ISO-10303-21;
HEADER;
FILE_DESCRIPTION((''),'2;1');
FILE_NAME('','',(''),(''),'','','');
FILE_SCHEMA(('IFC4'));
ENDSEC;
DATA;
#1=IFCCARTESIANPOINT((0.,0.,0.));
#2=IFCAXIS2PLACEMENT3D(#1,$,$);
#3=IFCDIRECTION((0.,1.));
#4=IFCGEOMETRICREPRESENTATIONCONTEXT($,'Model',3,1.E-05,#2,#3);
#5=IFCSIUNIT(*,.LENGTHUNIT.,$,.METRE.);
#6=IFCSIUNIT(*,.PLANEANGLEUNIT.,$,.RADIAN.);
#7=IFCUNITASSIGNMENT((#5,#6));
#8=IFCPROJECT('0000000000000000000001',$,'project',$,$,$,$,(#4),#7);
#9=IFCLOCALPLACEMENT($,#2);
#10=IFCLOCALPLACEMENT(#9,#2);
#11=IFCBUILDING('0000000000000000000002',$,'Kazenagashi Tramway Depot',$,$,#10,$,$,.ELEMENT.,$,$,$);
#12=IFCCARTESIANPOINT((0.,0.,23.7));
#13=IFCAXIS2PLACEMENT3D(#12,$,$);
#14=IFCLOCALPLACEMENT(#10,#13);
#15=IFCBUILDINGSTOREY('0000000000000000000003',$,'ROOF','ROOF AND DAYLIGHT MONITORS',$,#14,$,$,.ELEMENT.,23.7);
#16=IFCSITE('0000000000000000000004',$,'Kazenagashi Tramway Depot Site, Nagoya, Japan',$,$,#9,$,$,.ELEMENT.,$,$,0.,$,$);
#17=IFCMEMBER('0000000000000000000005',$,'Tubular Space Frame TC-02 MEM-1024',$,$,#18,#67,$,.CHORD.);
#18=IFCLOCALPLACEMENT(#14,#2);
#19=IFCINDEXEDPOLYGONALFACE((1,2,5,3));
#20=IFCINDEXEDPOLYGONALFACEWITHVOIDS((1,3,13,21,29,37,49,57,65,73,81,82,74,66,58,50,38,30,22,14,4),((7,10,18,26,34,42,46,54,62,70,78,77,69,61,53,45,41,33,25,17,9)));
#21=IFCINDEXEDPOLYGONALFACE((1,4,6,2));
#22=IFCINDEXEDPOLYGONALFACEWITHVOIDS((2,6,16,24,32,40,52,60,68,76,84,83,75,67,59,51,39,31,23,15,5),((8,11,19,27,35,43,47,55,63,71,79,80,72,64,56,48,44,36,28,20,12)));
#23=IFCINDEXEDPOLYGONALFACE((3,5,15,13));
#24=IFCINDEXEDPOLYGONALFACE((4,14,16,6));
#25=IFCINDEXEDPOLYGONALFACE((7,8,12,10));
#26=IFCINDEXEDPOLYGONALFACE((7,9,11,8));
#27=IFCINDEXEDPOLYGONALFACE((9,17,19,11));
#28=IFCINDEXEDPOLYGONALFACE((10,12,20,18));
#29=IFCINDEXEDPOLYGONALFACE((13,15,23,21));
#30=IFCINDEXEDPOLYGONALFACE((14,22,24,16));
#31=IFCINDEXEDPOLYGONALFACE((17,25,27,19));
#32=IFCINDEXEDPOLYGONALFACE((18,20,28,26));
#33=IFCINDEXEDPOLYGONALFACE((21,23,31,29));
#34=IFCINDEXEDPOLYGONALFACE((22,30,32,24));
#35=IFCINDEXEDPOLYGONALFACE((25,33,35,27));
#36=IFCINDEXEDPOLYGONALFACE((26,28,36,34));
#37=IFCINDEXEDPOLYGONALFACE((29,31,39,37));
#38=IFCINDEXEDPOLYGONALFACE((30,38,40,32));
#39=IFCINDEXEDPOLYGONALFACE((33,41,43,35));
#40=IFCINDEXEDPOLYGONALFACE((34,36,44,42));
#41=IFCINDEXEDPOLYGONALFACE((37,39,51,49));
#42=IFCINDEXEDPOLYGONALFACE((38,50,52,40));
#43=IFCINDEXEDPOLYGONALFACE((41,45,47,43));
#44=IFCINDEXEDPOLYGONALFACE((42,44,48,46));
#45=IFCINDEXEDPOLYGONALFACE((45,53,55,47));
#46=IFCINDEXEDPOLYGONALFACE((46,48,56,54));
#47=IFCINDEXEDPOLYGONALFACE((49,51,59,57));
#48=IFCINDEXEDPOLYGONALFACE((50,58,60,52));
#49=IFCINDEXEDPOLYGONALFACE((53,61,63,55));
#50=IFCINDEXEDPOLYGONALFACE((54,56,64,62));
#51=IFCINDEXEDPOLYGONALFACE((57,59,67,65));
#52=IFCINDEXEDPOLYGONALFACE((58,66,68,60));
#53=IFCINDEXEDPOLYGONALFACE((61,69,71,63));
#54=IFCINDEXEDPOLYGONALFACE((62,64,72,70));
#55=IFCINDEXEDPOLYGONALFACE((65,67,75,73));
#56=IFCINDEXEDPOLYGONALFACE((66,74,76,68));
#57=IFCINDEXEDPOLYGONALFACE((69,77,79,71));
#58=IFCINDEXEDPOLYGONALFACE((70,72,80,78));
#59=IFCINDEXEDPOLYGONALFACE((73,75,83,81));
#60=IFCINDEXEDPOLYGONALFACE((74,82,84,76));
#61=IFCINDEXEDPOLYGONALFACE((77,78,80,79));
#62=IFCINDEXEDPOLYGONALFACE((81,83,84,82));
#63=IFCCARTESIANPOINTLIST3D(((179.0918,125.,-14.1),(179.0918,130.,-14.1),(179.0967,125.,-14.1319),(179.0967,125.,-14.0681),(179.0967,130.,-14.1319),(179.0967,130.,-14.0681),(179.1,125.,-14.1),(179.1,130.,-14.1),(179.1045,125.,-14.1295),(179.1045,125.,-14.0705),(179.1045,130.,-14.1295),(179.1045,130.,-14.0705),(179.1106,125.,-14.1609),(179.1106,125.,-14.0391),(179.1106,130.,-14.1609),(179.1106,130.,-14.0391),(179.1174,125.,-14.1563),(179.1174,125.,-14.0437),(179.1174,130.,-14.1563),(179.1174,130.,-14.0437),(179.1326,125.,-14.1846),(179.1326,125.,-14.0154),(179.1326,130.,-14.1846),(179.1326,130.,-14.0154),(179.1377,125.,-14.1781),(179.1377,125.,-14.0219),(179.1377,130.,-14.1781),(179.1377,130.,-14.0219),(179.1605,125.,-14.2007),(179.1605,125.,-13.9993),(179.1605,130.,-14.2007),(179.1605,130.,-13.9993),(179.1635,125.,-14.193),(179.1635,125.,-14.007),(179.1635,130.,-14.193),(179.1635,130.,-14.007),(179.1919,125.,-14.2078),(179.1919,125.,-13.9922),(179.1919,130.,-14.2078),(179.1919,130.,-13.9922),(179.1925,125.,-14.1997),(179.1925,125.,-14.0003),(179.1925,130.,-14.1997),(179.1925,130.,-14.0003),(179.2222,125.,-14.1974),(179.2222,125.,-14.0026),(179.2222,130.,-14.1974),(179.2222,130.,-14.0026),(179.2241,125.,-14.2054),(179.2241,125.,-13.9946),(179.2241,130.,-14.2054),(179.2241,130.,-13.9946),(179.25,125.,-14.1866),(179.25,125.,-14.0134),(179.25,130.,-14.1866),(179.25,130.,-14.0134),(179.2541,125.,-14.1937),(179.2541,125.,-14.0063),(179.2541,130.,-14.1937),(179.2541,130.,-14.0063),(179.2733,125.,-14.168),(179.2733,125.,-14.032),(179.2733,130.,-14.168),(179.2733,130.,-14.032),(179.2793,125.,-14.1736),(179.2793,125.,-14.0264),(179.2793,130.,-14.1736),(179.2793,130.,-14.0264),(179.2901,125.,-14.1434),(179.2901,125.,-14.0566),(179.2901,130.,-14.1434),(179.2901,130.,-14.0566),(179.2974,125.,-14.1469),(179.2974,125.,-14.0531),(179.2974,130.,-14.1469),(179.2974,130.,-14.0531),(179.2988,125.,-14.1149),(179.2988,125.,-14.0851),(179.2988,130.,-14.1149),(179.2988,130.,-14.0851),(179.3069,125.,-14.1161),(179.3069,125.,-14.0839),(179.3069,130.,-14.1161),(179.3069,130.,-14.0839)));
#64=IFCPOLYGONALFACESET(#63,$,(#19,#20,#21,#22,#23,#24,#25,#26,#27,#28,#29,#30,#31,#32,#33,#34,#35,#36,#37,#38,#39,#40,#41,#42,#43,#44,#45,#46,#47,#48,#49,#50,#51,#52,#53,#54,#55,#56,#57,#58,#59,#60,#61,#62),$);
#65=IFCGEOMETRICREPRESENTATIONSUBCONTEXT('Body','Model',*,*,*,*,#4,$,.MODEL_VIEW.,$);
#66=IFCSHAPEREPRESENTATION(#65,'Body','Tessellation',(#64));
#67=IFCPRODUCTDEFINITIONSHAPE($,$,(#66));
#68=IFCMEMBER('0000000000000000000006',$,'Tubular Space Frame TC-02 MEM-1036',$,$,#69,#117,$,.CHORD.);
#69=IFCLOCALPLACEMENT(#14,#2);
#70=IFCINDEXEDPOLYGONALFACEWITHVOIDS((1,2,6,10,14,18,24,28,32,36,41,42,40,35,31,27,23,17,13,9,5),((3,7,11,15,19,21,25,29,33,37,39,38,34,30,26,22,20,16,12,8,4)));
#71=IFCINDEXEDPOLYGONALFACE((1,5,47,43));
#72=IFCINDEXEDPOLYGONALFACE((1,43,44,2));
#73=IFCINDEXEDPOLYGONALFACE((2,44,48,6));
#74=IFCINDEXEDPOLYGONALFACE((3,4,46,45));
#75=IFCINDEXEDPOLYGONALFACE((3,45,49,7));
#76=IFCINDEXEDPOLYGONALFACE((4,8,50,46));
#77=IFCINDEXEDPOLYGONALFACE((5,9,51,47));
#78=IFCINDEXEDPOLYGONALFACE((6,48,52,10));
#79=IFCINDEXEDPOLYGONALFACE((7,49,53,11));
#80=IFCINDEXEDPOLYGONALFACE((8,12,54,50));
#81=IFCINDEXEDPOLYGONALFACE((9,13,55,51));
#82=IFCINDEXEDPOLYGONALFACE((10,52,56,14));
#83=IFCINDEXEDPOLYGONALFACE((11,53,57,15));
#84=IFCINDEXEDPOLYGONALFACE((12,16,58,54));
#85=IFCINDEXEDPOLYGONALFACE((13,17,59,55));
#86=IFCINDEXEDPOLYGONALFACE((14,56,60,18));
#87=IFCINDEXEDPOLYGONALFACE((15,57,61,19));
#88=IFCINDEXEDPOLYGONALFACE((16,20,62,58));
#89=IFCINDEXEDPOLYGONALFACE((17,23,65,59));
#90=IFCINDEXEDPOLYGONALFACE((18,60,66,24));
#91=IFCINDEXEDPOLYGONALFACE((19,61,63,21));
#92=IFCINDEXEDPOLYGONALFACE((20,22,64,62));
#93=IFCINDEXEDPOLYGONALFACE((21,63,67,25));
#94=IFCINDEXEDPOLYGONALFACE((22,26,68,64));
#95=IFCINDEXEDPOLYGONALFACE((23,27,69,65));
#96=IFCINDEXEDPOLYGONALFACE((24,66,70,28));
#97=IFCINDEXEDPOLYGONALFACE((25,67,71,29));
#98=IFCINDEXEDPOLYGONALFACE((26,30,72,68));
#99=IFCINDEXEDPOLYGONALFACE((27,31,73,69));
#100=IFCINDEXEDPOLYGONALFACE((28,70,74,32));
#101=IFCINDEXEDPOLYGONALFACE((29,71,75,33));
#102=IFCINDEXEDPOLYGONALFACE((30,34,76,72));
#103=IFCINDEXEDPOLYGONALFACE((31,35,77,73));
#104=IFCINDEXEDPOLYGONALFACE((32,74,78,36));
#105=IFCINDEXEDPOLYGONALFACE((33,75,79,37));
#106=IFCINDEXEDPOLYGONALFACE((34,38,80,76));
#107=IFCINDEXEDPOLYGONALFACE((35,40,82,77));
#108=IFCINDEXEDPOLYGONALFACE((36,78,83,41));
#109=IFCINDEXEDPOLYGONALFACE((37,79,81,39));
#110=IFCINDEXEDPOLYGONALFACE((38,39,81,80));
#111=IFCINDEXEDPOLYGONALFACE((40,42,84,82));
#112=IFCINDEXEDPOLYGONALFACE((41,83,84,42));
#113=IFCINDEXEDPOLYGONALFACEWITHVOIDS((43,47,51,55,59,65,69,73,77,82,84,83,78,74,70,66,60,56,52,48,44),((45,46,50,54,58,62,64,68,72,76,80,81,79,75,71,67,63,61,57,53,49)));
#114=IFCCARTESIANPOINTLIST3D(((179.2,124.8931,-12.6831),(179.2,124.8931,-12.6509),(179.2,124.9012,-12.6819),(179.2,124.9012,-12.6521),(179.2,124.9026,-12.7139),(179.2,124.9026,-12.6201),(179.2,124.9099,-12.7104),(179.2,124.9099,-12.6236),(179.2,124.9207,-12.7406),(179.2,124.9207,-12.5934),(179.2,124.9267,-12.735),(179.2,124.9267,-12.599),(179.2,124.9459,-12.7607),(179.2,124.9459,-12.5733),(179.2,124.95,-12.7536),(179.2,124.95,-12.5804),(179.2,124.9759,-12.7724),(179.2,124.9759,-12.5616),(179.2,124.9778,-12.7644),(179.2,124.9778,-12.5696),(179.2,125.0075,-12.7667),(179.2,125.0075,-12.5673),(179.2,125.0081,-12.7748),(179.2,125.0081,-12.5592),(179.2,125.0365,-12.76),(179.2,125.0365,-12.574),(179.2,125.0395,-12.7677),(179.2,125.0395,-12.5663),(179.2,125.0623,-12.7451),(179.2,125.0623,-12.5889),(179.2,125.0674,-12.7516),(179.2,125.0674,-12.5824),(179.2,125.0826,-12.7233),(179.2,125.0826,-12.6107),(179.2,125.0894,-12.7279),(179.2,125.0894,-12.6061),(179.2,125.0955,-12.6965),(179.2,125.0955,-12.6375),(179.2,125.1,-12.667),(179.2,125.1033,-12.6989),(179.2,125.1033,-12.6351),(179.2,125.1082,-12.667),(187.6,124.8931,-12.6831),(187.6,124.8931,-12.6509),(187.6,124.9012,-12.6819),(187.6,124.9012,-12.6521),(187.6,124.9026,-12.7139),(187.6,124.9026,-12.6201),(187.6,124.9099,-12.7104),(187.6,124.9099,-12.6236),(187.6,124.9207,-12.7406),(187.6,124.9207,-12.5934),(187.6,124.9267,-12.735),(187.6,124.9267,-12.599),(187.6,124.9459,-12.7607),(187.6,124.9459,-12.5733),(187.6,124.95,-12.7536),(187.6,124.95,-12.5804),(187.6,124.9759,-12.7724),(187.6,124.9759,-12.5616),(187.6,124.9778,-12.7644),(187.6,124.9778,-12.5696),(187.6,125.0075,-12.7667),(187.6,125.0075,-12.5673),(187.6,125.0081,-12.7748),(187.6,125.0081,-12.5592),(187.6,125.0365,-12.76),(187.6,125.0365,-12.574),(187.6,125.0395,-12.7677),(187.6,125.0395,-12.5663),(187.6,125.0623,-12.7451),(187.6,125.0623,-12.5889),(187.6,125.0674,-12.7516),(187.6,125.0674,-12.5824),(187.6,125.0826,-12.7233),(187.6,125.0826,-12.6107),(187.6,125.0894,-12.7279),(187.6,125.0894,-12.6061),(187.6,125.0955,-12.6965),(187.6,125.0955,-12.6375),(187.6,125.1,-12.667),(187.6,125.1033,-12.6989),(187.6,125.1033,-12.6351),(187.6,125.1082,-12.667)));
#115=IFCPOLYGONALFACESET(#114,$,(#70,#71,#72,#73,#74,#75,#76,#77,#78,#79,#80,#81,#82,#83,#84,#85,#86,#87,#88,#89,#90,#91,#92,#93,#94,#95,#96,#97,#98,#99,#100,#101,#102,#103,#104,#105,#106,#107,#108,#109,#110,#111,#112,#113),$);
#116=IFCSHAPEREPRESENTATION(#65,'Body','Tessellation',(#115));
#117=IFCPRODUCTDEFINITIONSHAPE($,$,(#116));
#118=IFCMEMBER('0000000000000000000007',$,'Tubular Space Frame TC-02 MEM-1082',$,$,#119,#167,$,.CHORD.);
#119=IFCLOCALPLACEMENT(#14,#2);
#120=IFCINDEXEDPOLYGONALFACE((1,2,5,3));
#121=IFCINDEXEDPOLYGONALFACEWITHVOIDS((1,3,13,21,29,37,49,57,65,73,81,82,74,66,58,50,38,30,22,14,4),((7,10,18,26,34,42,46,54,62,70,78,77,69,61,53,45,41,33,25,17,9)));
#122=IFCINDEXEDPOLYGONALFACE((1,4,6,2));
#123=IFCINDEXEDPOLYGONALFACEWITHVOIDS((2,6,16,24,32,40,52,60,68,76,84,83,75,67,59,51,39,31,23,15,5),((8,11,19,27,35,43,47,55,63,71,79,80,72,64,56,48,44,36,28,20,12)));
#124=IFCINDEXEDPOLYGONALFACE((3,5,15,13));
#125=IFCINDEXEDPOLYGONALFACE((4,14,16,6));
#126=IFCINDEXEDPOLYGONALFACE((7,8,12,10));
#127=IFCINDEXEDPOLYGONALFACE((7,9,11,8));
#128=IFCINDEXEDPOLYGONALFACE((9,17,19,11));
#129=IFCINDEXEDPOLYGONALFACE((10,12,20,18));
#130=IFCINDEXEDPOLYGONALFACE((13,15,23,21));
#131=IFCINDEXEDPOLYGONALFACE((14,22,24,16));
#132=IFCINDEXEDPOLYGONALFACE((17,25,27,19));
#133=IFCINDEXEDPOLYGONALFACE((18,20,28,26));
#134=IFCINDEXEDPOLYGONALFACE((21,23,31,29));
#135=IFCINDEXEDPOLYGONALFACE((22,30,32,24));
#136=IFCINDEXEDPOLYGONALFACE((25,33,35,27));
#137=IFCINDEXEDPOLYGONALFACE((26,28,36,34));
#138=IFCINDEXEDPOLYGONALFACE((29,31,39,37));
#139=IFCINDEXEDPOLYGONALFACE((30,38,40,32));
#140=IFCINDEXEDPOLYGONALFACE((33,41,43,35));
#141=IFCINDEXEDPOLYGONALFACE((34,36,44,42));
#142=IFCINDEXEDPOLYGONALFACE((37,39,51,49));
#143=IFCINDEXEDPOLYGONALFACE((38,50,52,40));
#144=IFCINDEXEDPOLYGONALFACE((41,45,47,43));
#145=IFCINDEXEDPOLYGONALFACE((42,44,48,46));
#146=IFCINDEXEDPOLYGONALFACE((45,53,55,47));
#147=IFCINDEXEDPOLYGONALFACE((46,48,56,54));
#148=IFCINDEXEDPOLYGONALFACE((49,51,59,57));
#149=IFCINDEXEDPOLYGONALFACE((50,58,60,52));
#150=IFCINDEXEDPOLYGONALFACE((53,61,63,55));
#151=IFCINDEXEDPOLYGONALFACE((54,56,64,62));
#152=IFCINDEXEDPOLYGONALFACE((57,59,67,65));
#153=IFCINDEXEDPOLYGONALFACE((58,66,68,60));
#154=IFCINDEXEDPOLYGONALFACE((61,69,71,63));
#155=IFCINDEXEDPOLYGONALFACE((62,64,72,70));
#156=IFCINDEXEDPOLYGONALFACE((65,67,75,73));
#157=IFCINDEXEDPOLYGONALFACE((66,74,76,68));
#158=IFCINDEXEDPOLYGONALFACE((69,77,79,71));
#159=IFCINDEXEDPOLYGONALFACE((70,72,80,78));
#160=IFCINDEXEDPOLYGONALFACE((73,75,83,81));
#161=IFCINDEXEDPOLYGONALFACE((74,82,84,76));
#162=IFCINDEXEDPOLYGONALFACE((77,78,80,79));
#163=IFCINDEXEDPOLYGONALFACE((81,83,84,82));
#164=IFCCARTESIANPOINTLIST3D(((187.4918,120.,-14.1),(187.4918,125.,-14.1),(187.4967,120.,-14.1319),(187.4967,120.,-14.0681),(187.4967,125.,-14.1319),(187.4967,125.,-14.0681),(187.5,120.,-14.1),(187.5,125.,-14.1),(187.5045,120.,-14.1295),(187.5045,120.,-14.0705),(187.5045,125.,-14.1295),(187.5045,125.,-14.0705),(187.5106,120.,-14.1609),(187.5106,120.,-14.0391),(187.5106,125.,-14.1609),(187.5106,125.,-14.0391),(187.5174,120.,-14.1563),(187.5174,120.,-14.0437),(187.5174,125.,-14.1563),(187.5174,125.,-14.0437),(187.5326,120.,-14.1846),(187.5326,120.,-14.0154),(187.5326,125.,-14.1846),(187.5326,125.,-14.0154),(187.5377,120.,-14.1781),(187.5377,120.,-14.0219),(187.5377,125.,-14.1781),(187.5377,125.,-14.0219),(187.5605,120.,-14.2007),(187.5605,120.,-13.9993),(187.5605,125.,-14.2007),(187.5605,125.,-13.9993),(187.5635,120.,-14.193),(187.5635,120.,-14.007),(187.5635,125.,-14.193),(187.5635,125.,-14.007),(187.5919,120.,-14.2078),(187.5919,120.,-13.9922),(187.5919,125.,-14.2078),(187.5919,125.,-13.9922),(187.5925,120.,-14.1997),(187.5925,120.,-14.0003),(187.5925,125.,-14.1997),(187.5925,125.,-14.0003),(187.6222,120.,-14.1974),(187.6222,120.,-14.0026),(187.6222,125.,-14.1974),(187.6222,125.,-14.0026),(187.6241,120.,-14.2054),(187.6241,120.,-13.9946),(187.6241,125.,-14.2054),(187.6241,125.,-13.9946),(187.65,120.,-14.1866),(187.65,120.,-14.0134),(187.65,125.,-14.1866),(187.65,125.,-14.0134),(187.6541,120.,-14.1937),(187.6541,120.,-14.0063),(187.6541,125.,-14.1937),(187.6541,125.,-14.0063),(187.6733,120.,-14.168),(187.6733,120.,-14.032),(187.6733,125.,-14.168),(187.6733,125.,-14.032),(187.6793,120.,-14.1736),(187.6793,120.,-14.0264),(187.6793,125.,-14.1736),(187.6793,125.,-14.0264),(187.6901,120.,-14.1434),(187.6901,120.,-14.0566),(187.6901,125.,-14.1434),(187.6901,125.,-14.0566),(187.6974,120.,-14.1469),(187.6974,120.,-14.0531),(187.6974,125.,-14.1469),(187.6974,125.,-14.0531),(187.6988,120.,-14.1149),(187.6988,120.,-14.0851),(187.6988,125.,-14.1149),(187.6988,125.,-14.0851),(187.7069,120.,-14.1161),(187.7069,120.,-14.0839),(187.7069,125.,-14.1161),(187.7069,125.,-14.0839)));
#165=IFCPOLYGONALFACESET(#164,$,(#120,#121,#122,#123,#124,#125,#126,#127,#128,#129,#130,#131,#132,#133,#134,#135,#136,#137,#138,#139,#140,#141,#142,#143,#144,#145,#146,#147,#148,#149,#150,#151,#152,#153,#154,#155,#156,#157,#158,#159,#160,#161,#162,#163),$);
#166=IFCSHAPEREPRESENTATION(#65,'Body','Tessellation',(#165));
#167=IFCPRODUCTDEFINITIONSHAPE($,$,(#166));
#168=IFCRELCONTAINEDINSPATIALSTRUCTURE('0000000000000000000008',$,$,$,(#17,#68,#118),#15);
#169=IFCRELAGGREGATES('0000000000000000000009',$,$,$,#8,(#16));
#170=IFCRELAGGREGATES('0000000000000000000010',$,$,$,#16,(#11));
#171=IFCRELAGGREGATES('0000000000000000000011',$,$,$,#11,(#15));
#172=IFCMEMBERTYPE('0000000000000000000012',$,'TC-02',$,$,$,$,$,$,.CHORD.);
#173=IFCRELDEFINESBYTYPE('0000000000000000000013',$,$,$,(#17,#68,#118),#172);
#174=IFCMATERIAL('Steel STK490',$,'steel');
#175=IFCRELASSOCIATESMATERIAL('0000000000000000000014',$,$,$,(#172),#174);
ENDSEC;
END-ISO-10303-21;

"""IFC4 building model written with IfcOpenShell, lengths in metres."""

from ifc_helpers import new_model, si_unit, direction, frame, origin, origin_2d, place, context, subcontext, project, spatial, hollow_circle, extrude, material, material_profile, profile_set, type_object, element, save


model = new_model("IFC4")

# Units and contexts
model_context = context("Model", 3, precision=1e-05, world=origin(), true_north=direction((0.0, 1.0)))
body_context = subcontext(model_context, "Body", "Model", "MODEL_VIEW")
ifc_project = project(units=[si_unit("LENGTHUNIT", "METRE"), si_unit("PLANEANGLEUNIT", "RADIAN")], contexts=[model_context])

# Site, building, storey
site_placement = place(None, origin())
site = spatial("IfcSite", under=ifc_project, at=site_placement, Name="Kazenagashi Tramway Depot Site, Nagoya, Japan", CompositionType="ELEMENT", RefElevation=0.0)
building_placement = place(site_placement, origin())
building = spatial("IfcBuilding", under=site, at=building_placement, Name="Kazenagashi Tramway Depot", CompositionType="ELEMENT")
storey_placement = place(building_placement, frame((0.0, 0.0, 23.7)))
storey = spatial("IfcBuildingStorey", under=building, at=storey_placement, Name="ROOF", Description="ROOF AND DAYLIGHT MONITORS", CompositionType="ELEMENT", Elevation=23.7)

# Members
ifc_material_1 = material(Name="Steel STK490", Category="steel")
ifc_material_profile_1 = material_profile(ifc_material_1, hollow_circle(Radius=0.1081, WallThickness=0.0082, at=origin_2d()), Name="CHS-216.3x8.2")
ifc_profile_set_1 = profile_set([ifc_material_profile_1], Name="Steel STK490")
member_type_1 = type_object("IfcMemberType", Name="TC-02", PredefinedType="CHORD", material=ifc_profile_set_1)
member_1_placement = place(storey_placement, frame((179.2, 125.0, -14.1), z_axis=(0.0, 1.0, 0.0), x_axis=(-1.0, 0.0, 0.0)))
element("IfcMember", 1, at=member_1_placement, inside=storey, type_object=member_type_1, Name="Tubular Space Frame TC-02 MEM-1024", PredefinedType="CHORD", context=body_context, shape_type="SweptSolid", body=[
    extrude(hollow_circle(Radius=0.1081, WallThickness=0.0082, at=origin_2d()), origin(), (0.0, 0.0, 1.0), 5.0),
])
member_2_placement = place(storey_placement, frame((179.2, 125.0, -12.667), z_axis=(1.0, 0.0, 0.0), x_axis=(0.0, 1.0, 0.0)))
element("IfcMember", 2, at=member_2_placement, inside=storey, type_object=member_type_1, Name="Tubular Space Frame TC-02 MEM-1036", PredefinedType="CHORD", context=body_context, shape_type="SweptSolid", body=[
    extrude(hollow_circle(Radius=0.1081, WallThickness=0.0082, at=origin_2d()), origin(), (0.0, 0.0, 1.0), 8.4),
])
for number, where, z_axis, x_axis, name in (
    (3, (187.6, 120.0, -14.1), (0.0, 1.0, 0.0), (-1.0, 0.0, 0.0), "Tubular Space Frame TC-02 MEM-1082"),
):
    element("IfcMember", number, at=place(storey_placement, frame(where, z_axis=z_axis, x_axis=x_axis)), inside=storey, type_object=member_type_1, Name=name, PredefinedType="CHORD", context=body_context, shape_type="SweptSolid", body=[
        extrude(hollow_circle(Radius=0.1081, WallThickness=0.0082, at=origin_2d()), origin(), (0.0, 0.0, 1.0), 5.0),
    ])

save(model, "model.ifc")
